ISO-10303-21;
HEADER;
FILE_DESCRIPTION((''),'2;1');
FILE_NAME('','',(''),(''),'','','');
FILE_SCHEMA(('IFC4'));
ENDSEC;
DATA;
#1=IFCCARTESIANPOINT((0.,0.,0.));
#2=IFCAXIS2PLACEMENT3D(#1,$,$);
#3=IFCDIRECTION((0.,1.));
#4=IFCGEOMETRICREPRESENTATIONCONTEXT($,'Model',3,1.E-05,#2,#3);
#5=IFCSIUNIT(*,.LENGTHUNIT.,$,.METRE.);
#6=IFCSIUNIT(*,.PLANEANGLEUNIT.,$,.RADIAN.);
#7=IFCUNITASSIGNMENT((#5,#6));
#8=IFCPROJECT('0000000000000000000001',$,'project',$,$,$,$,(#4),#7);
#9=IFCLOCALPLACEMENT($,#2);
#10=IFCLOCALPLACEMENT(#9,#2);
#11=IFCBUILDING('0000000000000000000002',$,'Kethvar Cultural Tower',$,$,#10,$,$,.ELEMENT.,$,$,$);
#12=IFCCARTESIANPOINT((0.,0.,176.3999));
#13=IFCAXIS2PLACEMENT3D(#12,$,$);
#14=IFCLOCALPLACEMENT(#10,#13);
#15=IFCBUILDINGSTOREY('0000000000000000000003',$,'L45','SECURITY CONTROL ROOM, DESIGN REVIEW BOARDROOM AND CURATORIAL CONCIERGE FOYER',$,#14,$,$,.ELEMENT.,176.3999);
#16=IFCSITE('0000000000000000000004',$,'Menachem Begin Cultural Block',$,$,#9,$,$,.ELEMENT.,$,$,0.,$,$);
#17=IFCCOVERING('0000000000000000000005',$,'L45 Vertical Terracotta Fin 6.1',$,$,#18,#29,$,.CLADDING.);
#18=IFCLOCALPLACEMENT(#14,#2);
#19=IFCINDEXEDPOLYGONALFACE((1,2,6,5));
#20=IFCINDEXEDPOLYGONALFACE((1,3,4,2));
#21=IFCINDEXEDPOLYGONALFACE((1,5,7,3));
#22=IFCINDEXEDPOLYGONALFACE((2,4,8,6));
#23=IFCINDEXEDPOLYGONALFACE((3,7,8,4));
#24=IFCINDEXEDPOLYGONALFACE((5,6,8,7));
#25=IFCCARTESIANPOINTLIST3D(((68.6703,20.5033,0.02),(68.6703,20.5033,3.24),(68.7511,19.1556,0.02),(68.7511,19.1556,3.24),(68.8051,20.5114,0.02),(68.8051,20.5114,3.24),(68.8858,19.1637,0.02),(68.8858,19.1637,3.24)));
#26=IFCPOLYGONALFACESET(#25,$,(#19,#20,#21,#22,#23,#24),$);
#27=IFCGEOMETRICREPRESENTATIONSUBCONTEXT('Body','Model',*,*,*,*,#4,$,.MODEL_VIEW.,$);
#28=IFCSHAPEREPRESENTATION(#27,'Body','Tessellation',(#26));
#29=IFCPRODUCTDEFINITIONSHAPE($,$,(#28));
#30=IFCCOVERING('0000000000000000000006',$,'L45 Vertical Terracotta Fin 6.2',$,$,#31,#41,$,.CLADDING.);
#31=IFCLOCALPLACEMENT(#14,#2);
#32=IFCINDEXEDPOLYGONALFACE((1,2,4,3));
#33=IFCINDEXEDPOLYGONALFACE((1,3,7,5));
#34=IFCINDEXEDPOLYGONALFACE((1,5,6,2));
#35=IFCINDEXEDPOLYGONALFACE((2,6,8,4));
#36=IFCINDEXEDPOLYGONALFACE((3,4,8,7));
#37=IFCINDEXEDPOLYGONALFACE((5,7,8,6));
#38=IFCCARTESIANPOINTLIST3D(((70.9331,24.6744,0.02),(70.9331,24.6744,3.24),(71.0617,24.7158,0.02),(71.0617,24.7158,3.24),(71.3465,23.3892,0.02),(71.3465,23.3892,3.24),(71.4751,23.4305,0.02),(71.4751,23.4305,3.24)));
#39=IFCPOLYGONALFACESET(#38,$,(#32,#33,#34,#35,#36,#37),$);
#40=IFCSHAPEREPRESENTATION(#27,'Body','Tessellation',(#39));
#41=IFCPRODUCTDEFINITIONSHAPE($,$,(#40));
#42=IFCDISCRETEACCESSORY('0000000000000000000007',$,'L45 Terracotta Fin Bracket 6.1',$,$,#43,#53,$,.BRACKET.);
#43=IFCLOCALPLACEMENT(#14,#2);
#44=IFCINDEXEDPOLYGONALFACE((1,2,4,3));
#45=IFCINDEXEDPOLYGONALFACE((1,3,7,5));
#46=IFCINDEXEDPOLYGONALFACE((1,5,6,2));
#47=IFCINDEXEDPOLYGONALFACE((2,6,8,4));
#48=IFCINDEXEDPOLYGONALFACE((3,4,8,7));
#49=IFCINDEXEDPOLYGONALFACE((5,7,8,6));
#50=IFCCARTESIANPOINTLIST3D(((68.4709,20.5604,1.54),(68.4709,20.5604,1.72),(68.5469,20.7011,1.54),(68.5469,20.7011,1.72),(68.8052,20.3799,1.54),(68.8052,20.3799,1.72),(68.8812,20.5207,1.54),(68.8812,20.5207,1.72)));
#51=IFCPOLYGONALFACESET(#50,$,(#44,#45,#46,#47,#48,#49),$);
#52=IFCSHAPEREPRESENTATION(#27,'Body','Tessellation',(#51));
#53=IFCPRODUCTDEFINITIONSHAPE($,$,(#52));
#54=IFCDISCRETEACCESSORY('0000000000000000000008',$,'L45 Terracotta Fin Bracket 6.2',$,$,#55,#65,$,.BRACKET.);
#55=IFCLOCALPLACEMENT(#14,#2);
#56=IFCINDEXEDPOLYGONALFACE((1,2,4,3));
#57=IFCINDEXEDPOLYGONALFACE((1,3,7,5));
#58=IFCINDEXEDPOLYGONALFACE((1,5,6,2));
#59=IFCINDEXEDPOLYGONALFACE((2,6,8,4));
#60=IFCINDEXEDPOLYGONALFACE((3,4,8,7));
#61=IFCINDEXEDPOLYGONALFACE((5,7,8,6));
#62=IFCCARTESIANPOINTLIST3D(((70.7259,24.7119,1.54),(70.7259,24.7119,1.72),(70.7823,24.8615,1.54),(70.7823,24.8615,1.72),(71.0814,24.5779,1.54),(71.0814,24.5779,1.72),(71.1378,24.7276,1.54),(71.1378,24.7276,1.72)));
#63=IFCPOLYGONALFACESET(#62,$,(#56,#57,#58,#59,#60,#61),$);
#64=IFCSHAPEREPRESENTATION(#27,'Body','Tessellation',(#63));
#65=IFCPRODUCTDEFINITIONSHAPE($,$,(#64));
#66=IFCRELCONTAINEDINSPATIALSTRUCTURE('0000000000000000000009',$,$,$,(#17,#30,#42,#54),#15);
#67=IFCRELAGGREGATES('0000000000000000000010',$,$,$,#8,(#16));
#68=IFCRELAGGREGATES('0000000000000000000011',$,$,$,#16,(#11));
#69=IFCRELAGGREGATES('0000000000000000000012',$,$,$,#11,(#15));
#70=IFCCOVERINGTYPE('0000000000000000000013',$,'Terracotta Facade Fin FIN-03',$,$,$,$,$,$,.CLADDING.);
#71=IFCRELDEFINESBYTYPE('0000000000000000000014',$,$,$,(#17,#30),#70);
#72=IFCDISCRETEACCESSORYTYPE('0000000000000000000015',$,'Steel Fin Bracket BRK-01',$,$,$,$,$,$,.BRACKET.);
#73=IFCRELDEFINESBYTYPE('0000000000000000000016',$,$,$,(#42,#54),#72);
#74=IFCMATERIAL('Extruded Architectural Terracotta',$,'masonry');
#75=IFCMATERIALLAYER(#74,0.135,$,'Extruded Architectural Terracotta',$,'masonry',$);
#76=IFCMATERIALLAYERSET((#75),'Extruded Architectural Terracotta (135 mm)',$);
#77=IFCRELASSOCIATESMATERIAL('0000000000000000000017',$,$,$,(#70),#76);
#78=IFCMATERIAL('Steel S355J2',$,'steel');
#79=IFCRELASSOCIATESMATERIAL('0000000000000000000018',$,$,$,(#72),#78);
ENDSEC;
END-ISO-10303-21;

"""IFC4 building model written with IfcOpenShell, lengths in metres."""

from ifc_helpers import new_model, si_unit, direction, frame, origin, origin_2d, place, context, subcontext, project, spatial, rectangle, extrude, source, transform, mapped, material, layer, layer_set, type_object, element, save


model = new_model("IFC4")

# Units and contexts
model_context = context("Model", 3, precision=1e-05, world=origin(), true_north=direction((0.0, 1.0)))
body_context = subcontext(model_context, "Body", "Model", "MODEL_VIEW")
ifc_project = project(units=[si_unit("LENGTHUNIT", "METRE"), si_unit("PLANEANGLEUNIT", "RADIAN")], contexts=[model_context])

# Site, building, storey
site_placement = place(None, origin())
site = spatial("IfcSite", under=ifc_project, at=site_placement, Name="Menachem Begin Cultural Block", CompositionType="ELEMENT", RefElevation=0.0)
building_placement = place(site_placement, origin())
building = spatial("IfcBuilding", under=site, at=building_placement, Name="Kethvar Cultural Tower", CompositionType="ELEMENT")
storey_placement = place(building_placement, frame((0.0, 0.0, 176.3999)))
storey = spatial("IfcBuildingStorey", under=building, at=storey_placement, Name="L45", Description="SECURITY CONTROL ROOM, DESIGN REVIEW BOARDROOM AND CURATORIAL CONCIERGE FOYER", CompositionType="ELEMENT", Elevation=176.3999)

# Shared definitions
ifc_material_1 = material(Name="Steel S355J2", Category="steel")

# Coverings
ifc_material_2 = material(Name="Extruded Architectural Terracotta", Category="masonry")
ifc_layer_1 = layer(ifc_material_2, 0.135, Name="Extruded Architectural Terracotta", Category="masonry")
ifc_layer_set_1 = layer_set([ifc_layer_1], Name="Extruded Architectural Terracotta (135 mm)")
covering_type = type_object("IfcCoveringType", Name="Terracotta Facade Fin FIN-03", PredefinedType="CLADDING", material=ifc_layer_set_1)
shared_shape_1 = source(origin(), body_context, "Body", "SweptSolid", [
    extrude(rectangle(XDim=1.3501, YDim=0.135, at=origin_2d()), origin(), (0.0, 0.0, 1.0), 3.22),
])
for number, where, z_axis, x_axis, name in (
    (1, (68.7781, 19.8335, 0.02), (0.0, 0.0, 1.0), (0.059829, -0.998209, 0.0), "L45 Vertical Terracotta Fin 6.1"),
    (2, (71.2041, 24.0525, 0.02), (0.0, 0.0, 1.0), (0.306194, -0.951969, 0.0), "L45 Vertical Terracotta Fin 6.2"),
):
    element("IfcCovering", number, at=place(storey_placement, frame(where, z_axis=z_axis, x_axis=x_axis)), inside=storey, type_object=covering_type, Name=name, PredefinedType="CLADDING", context=body_context, shape_type="MappedRepresentation", body=[
        mapped(shared_shape_1, transform((0.0, 0.0, 0.0), scale=1.0)),
    ])

# Discrete accessories
discrete_accessory_type = type_object("IfcDiscreteAccessoryType", Name="Steel Fin Bracket BRK-01", PredefinedType="BRACKET", material=ifc_material_1)
shared_shape_2 = source(origin(), body_context, "Body", "SweptSolid", [
    extrude(rectangle(XDim=0.3799, YDim=0.1599, at=origin_2d()), origin(), (0.0, 0.0, 1.0), 0.1799),
])
for number, where, z_axis, x_axis, name in (
    (3, (68.676, 20.5405, 1.54), (0.0, 0.0, 1.0), (0.87998, -0.47501, 0.0), "L45 Terracotta Fin Bracket 6.1"),
    (4, (70.9319, 24.7197, 1.54), (0.0, 0.0, 1.0), (0.935752, -0.352658, 0.0), "L45 Terracotta Fin Bracket 6.2"),
):
    element("IfcDiscreteAccessory", number, at=place(storey_placement, frame(where, z_axis=z_axis, x_axis=x_axis)), inside=storey, type_object=discrete_accessory_type, Name=name, PredefinedType="BRACKET", context=body_context, shape_type="MappedRepresentation", body=[
        mapped(shared_shape_2, transform((0.0, 0.0, 0.0), scale=1.0)),
    ])

save(model, "model.ifc")
